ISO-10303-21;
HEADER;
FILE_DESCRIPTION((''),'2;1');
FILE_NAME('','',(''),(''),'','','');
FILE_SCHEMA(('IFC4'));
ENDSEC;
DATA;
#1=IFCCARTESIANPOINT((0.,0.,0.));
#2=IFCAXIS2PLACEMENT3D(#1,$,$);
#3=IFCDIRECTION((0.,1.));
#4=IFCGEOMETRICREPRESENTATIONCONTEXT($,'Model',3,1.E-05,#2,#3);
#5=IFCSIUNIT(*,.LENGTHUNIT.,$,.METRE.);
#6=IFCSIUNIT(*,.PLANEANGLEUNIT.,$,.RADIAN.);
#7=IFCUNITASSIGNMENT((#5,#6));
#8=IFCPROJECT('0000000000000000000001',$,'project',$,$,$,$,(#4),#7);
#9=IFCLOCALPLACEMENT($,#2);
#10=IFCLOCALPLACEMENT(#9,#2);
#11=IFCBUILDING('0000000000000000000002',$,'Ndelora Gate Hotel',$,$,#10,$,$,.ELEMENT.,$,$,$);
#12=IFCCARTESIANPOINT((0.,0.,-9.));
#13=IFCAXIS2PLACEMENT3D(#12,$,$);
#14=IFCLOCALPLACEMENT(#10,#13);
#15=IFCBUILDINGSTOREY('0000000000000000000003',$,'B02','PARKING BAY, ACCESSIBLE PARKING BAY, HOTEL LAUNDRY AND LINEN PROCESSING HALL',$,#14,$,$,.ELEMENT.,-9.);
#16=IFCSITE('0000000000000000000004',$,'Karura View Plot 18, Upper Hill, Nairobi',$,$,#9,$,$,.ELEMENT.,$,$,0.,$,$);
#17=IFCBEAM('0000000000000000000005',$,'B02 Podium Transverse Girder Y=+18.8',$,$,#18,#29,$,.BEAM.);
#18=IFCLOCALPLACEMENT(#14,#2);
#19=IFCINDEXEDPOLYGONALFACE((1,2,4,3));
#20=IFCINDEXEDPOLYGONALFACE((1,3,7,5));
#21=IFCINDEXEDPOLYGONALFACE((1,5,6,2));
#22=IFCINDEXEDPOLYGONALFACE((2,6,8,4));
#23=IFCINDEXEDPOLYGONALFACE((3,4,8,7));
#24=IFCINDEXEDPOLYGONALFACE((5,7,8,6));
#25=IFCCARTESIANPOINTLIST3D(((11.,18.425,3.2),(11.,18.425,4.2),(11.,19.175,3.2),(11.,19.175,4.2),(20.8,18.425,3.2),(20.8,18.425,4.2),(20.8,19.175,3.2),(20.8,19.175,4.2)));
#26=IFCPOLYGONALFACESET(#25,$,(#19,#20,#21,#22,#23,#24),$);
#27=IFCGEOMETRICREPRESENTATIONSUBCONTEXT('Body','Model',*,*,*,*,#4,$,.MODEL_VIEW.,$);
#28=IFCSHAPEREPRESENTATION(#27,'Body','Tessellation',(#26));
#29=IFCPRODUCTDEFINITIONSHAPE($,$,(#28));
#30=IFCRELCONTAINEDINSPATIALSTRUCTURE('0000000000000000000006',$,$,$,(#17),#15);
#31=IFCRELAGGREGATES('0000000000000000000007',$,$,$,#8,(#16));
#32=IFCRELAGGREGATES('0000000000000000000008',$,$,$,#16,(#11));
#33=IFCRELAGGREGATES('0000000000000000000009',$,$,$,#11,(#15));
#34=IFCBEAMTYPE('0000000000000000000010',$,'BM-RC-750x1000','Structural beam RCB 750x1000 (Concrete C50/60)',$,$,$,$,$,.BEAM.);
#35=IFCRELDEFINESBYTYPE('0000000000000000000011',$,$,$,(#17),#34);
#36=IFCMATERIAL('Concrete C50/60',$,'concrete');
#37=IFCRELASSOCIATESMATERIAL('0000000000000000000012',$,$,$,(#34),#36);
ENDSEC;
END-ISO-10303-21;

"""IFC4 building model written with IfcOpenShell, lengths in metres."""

from ifc_helpers import new_model, si_unit, direction, frame, origin, origin_2d, place, context, subcontext, project, spatial, rectangle, extrude, material, material_profile, profile_set, type_object, element, save


model = new_model("IFC4")

# Units and contexts
model_context = context("Model", 3, precision=1e-05, world=origin(), true_north=direction((0.0, 1.0)))
body_context = subcontext(model_context, "Body", "Model", "MODEL_VIEW")
ifc_project = project(units=[si_unit("LENGTHUNIT", "METRE"), si_unit("PLANEANGLEUNIT", "RADIAN")], contexts=[model_context])

# Site, building, storey
site_placement = place(None, origin())
site = spatial("IfcSite", under=ifc_project, at=site_placement, Name="Karura View Plot 18, Upper Hill, Nairobi", CompositionType="ELEMENT", RefElevation=0.0)
building_placement = place(site_placement, origin())
building = spatial("IfcBuilding", under=site, at=building_placement, Name="Ndelora Gate Hotel", CompositionType="ELEMENT")
storey_placement = place(building_placement, frame((0.0, 0.0, -9.0)))
storey = spatial("IfcBuildingStorey", under=building, at=storey_placement, Name="B02", Description="PARKING BAY, ACCESSIBLE PARKING BAY, HOTEL LAUNDRY AND LINEN PROCESSING HALL", CompositionType="ELEMENT", Elevation=-9.0)

# Shared definitions
ifc_material_1 = material(Name="Concrete C50/60", Category="concrete")

# Beam
ifc_material_profile_1 = material_profile(ifc_material_1, rectangle(XDim=0.75, YDim=1.0, at=origin_2d()), Name="RCB 750x1000")
ifc_profile_set_1 = profile_set([ifc_material_profile_1], Name="Concrete C50/60")
beam_type = type_object("IfcBeamType", Name="BM-RC-750x1000", Description="Structural beam RCB 750x1000 (Concrete C50/60)", PredefinedType="BEAM", material=ifc_profile_set_1)
beam_1_placement = place(storey_placement, frame((11.0, 18.8, 3.7), z_axis=(1.0, 0.0, 0.0), x_axis=(0.0, 1.0, 0.0)))
element("IfcBeam", 1, at=beam_1_placement, inside=storey, type_object=beam_type, Name="B02 Podium Transverse Girder Y=+18.8", PredefinedType="BEAM", context=body_context, shape_type="SweptSolid", body=[
    extrude(rectangle(XDim=0.75, YDim=1.0, at=origin_2d()), origin(), (0.0, 0.0, 1.0), 9.8),
])

save(model, "model.ifc")
